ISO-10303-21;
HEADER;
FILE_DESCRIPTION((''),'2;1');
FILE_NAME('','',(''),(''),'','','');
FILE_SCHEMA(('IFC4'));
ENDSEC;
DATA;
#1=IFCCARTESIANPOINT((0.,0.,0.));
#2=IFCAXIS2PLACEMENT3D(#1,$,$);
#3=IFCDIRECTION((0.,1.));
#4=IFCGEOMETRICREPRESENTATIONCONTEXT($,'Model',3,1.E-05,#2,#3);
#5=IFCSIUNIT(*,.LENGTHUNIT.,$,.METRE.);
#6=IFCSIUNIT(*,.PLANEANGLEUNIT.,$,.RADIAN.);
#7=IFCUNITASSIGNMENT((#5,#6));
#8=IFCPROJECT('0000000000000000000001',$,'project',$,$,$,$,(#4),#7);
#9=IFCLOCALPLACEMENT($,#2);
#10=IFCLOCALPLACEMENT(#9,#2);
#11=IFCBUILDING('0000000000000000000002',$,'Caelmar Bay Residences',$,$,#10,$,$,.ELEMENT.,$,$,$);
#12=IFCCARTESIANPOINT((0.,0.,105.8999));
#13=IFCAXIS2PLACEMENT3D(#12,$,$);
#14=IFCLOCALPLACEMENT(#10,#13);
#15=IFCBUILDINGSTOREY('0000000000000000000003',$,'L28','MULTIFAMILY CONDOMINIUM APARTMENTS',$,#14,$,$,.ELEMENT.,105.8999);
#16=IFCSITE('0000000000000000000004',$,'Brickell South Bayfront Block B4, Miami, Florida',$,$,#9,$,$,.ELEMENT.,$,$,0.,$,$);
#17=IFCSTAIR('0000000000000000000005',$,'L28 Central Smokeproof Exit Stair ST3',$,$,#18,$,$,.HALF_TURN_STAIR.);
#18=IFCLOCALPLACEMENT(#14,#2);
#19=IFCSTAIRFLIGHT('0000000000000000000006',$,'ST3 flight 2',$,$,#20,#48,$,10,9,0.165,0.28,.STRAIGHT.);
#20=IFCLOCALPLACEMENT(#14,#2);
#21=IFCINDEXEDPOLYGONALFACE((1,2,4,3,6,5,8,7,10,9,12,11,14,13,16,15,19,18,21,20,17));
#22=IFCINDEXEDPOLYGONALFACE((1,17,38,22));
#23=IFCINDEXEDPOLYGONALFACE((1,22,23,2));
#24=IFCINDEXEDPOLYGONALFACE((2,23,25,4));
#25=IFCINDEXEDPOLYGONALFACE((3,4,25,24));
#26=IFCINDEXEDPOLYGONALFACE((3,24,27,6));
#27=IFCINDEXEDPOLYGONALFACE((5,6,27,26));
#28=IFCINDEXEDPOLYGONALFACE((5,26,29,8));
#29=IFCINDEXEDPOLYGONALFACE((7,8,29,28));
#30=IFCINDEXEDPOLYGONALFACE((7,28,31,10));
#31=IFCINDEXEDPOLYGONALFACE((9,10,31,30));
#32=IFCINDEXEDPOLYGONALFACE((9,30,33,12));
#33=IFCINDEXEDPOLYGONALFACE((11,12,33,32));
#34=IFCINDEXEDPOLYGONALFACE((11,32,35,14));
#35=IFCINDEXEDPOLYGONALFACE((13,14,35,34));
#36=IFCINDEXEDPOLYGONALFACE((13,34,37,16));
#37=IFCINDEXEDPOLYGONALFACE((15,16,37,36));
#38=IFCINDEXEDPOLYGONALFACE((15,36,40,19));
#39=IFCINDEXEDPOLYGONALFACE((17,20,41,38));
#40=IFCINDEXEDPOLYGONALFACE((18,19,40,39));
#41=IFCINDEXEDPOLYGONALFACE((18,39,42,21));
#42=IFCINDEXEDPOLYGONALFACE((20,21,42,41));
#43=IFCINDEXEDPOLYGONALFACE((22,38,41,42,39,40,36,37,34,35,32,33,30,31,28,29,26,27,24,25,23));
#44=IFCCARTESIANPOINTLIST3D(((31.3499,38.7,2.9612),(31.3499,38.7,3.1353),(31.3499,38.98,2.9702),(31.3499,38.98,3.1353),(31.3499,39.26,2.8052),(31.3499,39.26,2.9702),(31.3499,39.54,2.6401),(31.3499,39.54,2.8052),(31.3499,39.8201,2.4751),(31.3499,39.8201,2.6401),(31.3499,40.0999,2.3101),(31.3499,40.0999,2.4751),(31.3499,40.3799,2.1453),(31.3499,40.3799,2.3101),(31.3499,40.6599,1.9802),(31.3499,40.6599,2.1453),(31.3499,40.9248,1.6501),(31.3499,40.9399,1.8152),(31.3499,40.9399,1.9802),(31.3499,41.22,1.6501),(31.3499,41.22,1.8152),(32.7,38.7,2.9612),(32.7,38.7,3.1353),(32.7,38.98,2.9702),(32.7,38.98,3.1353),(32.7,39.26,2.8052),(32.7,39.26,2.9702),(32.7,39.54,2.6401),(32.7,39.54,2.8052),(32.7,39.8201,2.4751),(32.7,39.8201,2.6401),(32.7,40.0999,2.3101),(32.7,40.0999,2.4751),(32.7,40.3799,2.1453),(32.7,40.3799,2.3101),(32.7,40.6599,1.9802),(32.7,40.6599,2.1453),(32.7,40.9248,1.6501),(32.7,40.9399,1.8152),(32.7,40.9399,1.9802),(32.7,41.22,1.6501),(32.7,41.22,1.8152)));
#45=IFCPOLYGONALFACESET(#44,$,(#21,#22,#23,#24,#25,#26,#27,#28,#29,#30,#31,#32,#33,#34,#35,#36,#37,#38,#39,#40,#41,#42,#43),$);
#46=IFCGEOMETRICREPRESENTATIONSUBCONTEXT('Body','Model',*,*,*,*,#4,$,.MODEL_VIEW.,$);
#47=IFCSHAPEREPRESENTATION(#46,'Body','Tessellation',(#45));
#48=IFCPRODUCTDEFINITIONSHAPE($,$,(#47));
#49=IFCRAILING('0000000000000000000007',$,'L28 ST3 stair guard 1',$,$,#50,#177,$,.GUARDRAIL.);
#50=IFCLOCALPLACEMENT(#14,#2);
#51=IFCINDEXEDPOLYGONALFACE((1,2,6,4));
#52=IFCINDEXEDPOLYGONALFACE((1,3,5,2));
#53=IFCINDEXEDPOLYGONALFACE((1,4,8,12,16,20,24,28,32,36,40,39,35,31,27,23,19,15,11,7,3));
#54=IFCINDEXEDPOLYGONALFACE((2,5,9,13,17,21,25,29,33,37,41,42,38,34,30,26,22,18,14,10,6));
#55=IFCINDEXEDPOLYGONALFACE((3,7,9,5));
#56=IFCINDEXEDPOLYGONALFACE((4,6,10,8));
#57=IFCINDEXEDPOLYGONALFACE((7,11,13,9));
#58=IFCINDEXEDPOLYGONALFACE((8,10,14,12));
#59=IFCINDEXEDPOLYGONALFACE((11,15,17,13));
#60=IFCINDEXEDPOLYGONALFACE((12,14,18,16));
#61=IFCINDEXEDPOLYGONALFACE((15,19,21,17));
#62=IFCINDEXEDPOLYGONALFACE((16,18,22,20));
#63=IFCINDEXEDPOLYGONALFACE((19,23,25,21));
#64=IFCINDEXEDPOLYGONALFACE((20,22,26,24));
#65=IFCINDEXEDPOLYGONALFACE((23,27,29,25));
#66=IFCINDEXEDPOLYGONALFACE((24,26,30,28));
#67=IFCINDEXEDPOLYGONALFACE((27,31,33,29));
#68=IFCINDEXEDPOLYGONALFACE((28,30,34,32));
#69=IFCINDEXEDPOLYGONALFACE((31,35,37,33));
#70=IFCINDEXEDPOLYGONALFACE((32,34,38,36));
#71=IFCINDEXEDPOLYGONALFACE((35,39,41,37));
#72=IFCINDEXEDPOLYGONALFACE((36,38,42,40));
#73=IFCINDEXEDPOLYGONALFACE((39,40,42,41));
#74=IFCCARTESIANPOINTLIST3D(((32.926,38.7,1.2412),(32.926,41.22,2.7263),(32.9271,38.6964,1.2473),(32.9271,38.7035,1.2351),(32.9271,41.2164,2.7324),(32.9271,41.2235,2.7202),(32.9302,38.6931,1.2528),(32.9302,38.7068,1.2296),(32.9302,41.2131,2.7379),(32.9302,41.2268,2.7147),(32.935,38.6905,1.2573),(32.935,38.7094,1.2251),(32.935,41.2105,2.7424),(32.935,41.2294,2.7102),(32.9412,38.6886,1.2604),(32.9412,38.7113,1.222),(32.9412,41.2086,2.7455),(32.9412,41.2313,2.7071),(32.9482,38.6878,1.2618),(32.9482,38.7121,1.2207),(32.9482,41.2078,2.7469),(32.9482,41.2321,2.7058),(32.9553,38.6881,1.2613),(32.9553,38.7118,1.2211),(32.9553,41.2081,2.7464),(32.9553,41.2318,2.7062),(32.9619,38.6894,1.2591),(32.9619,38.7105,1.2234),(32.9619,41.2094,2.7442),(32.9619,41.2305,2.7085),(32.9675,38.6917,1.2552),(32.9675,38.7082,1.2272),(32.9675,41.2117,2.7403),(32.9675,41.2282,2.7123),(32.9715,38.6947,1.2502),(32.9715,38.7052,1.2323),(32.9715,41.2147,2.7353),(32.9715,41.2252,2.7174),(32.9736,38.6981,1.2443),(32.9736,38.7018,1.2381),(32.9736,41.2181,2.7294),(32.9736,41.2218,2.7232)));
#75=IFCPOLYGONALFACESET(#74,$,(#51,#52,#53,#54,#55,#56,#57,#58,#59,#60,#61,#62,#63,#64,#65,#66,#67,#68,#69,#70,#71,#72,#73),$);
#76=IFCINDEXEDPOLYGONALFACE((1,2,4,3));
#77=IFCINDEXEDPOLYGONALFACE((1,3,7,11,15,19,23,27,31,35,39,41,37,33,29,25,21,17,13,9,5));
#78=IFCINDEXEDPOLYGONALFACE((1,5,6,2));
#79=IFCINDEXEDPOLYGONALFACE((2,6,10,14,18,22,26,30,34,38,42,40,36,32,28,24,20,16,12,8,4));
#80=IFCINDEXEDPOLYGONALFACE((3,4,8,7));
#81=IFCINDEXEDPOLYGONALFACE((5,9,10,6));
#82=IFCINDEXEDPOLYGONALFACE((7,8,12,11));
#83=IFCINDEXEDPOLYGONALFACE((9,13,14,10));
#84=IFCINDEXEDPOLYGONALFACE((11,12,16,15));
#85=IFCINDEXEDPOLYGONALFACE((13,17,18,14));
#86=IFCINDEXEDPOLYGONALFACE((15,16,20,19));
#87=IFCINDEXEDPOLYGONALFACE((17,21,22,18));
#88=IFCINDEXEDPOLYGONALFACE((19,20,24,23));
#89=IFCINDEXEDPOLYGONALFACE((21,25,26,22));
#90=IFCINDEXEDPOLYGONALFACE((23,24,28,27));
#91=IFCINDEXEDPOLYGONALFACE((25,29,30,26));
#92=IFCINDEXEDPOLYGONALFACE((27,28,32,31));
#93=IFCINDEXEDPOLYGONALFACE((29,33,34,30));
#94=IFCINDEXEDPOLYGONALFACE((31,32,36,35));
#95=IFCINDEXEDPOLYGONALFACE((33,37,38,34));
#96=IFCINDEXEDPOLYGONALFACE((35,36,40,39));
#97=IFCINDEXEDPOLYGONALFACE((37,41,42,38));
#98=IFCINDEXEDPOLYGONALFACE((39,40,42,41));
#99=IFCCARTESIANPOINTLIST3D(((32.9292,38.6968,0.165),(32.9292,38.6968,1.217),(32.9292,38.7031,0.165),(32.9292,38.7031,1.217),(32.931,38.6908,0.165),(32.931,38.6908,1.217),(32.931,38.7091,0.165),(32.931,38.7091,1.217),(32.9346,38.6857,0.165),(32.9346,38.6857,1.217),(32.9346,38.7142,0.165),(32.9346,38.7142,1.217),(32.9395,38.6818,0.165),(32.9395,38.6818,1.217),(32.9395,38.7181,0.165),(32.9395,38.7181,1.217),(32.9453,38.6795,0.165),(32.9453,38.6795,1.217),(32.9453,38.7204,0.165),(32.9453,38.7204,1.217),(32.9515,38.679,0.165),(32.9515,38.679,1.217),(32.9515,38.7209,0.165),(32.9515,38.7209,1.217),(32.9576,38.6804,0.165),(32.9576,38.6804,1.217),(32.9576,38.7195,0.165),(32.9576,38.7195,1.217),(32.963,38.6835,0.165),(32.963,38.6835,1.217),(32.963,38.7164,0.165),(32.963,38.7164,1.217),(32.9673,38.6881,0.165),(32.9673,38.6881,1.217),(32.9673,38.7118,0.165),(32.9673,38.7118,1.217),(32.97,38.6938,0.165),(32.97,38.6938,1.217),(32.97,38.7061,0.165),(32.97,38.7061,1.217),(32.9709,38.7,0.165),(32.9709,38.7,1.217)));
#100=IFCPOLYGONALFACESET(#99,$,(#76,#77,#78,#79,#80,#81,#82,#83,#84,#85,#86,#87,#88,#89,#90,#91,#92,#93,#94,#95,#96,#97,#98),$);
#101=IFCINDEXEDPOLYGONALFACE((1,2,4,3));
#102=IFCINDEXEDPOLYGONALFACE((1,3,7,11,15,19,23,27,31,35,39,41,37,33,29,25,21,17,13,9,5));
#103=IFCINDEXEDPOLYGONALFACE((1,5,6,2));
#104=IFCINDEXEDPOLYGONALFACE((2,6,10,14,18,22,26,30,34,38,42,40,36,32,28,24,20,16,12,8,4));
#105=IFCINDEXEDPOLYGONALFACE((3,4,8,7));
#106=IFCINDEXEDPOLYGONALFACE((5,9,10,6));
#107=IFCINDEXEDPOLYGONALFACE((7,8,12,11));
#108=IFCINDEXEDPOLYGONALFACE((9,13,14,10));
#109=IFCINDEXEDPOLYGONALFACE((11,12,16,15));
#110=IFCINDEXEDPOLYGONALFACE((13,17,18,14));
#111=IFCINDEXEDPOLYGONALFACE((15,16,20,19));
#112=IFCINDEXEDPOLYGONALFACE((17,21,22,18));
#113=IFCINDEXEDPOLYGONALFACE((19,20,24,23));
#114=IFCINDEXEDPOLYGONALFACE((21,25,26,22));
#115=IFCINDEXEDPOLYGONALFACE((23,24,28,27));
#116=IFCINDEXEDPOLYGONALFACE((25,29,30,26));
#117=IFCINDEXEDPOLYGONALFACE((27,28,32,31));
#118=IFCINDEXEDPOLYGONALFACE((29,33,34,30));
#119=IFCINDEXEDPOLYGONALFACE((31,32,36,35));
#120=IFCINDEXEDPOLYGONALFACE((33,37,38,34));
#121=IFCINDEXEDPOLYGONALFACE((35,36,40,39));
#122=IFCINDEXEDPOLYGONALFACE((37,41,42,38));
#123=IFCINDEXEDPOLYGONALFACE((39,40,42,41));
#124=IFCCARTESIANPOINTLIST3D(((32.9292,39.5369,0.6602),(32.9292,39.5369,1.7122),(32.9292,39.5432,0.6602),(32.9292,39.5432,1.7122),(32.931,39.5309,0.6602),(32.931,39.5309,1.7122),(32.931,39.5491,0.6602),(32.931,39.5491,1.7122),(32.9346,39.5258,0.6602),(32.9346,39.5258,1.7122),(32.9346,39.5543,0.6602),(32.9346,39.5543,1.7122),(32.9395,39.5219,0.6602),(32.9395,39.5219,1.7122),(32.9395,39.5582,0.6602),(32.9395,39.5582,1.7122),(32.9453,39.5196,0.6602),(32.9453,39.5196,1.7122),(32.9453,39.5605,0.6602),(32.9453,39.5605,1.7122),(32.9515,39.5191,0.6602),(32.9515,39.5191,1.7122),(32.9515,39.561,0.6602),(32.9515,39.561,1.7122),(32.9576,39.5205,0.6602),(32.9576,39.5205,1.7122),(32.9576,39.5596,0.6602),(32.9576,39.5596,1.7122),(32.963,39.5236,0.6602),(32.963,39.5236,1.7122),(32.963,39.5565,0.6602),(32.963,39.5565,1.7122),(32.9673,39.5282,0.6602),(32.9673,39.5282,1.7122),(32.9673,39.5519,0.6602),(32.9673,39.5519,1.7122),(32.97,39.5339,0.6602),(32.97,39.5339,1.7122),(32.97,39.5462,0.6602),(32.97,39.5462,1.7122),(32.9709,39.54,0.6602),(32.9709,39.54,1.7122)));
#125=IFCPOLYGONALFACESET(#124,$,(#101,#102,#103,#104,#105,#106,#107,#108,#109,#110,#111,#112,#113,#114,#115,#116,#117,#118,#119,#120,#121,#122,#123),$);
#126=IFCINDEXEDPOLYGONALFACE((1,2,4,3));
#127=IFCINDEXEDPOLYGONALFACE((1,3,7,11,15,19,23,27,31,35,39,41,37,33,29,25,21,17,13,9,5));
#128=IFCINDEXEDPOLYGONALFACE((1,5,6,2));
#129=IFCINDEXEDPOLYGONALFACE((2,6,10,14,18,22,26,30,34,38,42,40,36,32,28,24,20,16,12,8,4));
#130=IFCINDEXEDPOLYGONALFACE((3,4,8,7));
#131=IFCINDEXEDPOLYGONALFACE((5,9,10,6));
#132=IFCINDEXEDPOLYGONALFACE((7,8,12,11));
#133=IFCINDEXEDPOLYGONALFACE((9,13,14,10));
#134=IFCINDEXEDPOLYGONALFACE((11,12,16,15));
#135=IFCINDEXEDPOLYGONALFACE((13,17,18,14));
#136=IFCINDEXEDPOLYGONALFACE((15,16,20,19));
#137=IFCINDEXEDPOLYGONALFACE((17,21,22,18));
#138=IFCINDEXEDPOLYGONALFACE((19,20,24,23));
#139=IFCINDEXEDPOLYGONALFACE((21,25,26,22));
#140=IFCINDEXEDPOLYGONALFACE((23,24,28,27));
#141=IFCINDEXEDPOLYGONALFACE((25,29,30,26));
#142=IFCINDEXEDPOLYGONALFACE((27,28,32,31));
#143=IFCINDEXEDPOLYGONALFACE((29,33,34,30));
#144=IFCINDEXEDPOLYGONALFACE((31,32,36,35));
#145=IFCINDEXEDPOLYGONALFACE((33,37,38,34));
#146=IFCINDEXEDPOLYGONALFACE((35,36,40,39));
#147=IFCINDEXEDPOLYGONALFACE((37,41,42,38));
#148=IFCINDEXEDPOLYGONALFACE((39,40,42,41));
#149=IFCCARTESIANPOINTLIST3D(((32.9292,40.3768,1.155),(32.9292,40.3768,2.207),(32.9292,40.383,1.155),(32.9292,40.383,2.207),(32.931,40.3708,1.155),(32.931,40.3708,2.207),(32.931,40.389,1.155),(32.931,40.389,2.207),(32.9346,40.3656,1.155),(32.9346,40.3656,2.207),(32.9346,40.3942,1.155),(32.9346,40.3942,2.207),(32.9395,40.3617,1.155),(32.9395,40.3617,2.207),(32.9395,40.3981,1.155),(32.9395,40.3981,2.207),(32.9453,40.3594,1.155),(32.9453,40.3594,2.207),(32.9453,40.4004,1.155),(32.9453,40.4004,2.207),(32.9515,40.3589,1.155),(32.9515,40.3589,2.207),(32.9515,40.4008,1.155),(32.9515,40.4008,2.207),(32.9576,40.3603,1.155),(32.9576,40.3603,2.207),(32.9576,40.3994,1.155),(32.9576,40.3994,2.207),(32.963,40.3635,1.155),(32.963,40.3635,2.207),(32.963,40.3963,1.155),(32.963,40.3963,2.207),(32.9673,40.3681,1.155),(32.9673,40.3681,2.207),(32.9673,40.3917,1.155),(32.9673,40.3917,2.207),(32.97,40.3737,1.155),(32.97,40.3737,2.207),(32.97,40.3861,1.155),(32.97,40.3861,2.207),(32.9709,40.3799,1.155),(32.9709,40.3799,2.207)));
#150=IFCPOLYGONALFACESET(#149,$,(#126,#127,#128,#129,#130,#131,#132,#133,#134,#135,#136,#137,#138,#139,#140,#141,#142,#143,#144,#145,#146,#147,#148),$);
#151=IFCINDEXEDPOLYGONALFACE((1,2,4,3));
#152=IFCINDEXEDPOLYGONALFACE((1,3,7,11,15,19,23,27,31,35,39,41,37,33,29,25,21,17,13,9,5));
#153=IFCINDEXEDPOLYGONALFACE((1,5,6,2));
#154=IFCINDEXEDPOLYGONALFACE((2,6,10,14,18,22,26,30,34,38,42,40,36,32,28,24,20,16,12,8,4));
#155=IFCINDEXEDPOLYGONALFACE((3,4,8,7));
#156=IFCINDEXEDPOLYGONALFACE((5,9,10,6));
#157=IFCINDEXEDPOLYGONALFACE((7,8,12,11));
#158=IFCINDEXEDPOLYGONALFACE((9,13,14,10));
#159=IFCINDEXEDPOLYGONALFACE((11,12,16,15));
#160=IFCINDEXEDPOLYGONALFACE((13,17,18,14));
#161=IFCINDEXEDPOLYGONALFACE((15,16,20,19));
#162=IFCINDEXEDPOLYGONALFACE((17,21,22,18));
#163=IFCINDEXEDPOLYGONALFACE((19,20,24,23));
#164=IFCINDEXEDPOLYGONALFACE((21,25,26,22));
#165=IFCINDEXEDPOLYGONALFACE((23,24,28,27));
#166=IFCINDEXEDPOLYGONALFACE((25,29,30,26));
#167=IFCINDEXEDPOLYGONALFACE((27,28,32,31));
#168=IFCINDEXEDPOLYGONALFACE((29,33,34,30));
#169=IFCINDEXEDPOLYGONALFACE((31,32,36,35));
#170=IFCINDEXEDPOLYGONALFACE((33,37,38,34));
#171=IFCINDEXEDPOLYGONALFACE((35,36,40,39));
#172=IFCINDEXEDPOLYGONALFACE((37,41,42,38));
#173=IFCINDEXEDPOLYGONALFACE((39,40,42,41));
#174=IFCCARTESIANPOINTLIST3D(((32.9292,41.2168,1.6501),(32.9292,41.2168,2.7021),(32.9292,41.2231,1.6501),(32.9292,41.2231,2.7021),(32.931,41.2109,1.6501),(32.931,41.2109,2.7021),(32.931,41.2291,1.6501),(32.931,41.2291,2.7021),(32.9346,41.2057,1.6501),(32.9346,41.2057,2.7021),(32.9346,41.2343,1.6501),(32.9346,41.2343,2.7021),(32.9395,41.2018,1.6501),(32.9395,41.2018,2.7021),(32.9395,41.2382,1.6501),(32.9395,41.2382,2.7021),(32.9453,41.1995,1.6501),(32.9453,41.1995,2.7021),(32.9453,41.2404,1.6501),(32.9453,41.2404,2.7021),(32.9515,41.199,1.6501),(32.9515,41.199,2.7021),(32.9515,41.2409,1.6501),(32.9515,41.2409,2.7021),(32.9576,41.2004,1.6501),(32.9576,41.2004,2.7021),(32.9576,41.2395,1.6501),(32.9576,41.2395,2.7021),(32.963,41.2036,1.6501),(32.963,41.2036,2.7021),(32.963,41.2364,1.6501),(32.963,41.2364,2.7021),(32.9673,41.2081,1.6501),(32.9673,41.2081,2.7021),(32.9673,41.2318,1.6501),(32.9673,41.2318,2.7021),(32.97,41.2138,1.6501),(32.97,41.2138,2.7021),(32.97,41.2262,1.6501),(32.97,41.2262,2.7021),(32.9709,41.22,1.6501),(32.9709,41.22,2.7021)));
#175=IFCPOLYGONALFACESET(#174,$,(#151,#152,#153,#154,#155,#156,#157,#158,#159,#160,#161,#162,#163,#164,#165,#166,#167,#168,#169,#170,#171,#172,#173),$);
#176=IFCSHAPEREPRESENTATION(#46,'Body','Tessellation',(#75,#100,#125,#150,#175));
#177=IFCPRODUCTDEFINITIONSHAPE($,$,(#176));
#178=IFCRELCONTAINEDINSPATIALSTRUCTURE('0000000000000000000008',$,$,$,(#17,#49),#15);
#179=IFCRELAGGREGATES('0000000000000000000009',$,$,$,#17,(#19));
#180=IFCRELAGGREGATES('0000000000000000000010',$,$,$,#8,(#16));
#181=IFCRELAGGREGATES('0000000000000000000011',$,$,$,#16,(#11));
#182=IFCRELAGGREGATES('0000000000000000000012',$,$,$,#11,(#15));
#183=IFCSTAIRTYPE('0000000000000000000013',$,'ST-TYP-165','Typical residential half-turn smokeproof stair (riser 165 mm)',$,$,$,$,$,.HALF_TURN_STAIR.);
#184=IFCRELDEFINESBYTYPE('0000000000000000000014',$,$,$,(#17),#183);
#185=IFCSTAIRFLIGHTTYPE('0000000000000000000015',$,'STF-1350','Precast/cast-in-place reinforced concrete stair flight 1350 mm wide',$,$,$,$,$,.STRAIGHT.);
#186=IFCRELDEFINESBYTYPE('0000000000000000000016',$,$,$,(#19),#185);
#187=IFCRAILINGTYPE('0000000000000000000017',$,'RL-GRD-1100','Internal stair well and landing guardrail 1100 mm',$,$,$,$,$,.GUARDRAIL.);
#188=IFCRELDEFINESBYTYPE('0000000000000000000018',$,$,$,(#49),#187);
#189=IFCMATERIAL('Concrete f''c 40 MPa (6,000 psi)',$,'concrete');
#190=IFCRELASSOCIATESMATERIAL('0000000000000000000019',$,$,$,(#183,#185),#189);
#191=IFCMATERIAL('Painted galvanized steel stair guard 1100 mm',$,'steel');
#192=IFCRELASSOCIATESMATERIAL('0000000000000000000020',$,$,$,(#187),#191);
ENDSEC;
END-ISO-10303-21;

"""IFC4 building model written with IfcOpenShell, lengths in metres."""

from ifc_helpers import new_model, si_unit, direction, frame, origin, origin_2d, place, context, subcontext, project, spatial, polyline, circle, outline, extrude, material, type_object, element, aggregate, save


model = new_model("IFC4")

# Units and contexts
model_context = context("Model", 3, precision=1e-05, world=origin(), true_north=direction((0.0, 1.0)))
body_context = subcontext(model_context, "Body", "Model", "MODEL_VIEW")
ifc_project = project(units=[si_unit("LENGTHUNIT", "METRE"), si_unit("PLANEANGLEUNIT", "RADIAN")], contexts=[model_context])

# Site, building, storey
site_placement = place(None, origin())
site = spatial("IfcSite", under=ifc_project, at=site_placement, Name="Brickell South Bayfront Block B4, Miami, Florida", CompositionType="ELEMENT", RefElevation=0.0)
building_placement = place(site_placement, origin())
building = spatial("IfcBuilding", under=site, at=building_placement, Name="Caelmar Bay Residences", CompositionType="ELEMENT")
storey_placement = place(building_placement, frame((0.0, 0.0, 105.8999)))
storey = spatial("IfcBuildingStorey", under=building, at=storey_placement, Name="L28", Description="MULTIFAMILY CONDOMINIUM APARTMENTS", CompositionType="ELEMENT", Elevation=105.8999)

# Stair, stair flight
ifc_material_1 = material(Name="Concrete f'c 40 MPa (6,000 psi)", Category="concrete")
stair_type = type_object("IfcStairType", Name="ST-TYP-165", Description="Typical residential half-turn smokeproof stair (riser 165 mm)", PredefinedType="HALF_TURN_STAIR", material=ifc_material_1)
stair_placement = place(storey_placement, origin())
stair = element("IfcStair", 1, at=stair_placement, inside=storey, type_object=stair_type, Name="L28 Central Smokeproof Exit Stair ST3", PredefinedType="HALF_TURN_STAIR")
stair_flight_type = type_object("IfcStairFlightType", Name="STF-1350", Description="Precast/cast-in-place reinforced concrete stair flight 1350 mm wide", PredefinedType="STRAIGHT", material=ifc_material_1)
stair_flight_1_placement = place(storey_placement, frame((32.0249, 41.22, 1.6501), z_axis=(0.0, 0.0, 1.0), x_axis=(0.0, -1.0, 0.0)))
stair_flight_1 = element("IfcStairFlight", 2, at=stair_flight_1_placement, type_object=stair_flight_type, Name="ST3 flight 2", NumberOfRisers=10, NumberOfTreads=9, PredefinedType="STRAIGHT", RiserHeight=0.165, TreadLength=0.28, context=body_context, shape_type="SweptSolid", body=[
    extrude(outline(polyline([(0.0, 0.0), (0.0, 0.165), (0.28, 0.165), (0.28, 0.3301), (0.5601, 0.3301), (0.5601, 0.4951), (0.8401, 0.4951), (0.8401, 0.6599), (1.1201, 0.6599), (1.1201, 0.825), (1.3999, 0.825), (1.3999, 0.99), (1.6799, 0.99), (1.6799, 1.155), (1.96, 1.155), (1.96, 1.3201), (2.24, 1.3201), (2.24, 1.4851), (2.52, 1.4851), (2.52, 1.6499), (2.52, 1.311), (0.2952, 0.0), (0.0, 0.0)])), frame((0.0, 0.675, 0.0), z_axis=(0.0, -1.0, 0.0), x_axis=(1.0, 0.0, 0.0)), (0.0, 0.0, 1.0), 1.3501),
])
aggregate(stair, [stair_flight_1])

# Railing
ifc_material_2 = material(Name="Painted galvanized steel stair guard 1100 mm", Category="steel")
railing_type_1 = type_object("IfcRailingType", Name="RL-GRD-1100", Description="Internal stair well and landing guardrail 1100 mm", PredefinedType="GUARDRAIL", material=ifc_material_2)
railing_1_placement = place(storey_placement, frame((32.95, 38.7, 0.165)))
element("IfcRailing", 3, at=railing_1_placement, inside=storey, type_object=railing_type_1, Name="L28 ST3 stair guard 1", PredefinedType="GUARDRAIL", context=body_context, shape_type="SweptSolid", body=[
    extrude(circle(Radius=0.0239, at=origin_2d()), frame((0.0, 0.0, 1.0762), z_axis=(0.0, 0.861524, 0.507717), x_axis=(-1.0, 0.0, 0.0)), (0.0, 0.0, 1.0), 2.925),
    extrude(circle(Radius=0.021, at=origin_2d()), origin(), (0.0, 0.0, 1.0), 1.052),
    extrude(circle(Radius=0.021, at=origin_2d()), frame((0.0, 0.8401, 0.4951)), (0.0, 0.0, 1.0), 1.052),
    extrude(circle(Radius=0.021, at=origin_2d()), frame((0.0, 1.6799, 0.99)), (0.0, 0.0, 1.0), 1.052),
    extrude(circle(Radius=0.021, at=origin_2d()), frame((0.0, 2.52, 1.4851)), (0.0, 0.0, 1.0), 1.052),
])

save(model, "model.ifc")
